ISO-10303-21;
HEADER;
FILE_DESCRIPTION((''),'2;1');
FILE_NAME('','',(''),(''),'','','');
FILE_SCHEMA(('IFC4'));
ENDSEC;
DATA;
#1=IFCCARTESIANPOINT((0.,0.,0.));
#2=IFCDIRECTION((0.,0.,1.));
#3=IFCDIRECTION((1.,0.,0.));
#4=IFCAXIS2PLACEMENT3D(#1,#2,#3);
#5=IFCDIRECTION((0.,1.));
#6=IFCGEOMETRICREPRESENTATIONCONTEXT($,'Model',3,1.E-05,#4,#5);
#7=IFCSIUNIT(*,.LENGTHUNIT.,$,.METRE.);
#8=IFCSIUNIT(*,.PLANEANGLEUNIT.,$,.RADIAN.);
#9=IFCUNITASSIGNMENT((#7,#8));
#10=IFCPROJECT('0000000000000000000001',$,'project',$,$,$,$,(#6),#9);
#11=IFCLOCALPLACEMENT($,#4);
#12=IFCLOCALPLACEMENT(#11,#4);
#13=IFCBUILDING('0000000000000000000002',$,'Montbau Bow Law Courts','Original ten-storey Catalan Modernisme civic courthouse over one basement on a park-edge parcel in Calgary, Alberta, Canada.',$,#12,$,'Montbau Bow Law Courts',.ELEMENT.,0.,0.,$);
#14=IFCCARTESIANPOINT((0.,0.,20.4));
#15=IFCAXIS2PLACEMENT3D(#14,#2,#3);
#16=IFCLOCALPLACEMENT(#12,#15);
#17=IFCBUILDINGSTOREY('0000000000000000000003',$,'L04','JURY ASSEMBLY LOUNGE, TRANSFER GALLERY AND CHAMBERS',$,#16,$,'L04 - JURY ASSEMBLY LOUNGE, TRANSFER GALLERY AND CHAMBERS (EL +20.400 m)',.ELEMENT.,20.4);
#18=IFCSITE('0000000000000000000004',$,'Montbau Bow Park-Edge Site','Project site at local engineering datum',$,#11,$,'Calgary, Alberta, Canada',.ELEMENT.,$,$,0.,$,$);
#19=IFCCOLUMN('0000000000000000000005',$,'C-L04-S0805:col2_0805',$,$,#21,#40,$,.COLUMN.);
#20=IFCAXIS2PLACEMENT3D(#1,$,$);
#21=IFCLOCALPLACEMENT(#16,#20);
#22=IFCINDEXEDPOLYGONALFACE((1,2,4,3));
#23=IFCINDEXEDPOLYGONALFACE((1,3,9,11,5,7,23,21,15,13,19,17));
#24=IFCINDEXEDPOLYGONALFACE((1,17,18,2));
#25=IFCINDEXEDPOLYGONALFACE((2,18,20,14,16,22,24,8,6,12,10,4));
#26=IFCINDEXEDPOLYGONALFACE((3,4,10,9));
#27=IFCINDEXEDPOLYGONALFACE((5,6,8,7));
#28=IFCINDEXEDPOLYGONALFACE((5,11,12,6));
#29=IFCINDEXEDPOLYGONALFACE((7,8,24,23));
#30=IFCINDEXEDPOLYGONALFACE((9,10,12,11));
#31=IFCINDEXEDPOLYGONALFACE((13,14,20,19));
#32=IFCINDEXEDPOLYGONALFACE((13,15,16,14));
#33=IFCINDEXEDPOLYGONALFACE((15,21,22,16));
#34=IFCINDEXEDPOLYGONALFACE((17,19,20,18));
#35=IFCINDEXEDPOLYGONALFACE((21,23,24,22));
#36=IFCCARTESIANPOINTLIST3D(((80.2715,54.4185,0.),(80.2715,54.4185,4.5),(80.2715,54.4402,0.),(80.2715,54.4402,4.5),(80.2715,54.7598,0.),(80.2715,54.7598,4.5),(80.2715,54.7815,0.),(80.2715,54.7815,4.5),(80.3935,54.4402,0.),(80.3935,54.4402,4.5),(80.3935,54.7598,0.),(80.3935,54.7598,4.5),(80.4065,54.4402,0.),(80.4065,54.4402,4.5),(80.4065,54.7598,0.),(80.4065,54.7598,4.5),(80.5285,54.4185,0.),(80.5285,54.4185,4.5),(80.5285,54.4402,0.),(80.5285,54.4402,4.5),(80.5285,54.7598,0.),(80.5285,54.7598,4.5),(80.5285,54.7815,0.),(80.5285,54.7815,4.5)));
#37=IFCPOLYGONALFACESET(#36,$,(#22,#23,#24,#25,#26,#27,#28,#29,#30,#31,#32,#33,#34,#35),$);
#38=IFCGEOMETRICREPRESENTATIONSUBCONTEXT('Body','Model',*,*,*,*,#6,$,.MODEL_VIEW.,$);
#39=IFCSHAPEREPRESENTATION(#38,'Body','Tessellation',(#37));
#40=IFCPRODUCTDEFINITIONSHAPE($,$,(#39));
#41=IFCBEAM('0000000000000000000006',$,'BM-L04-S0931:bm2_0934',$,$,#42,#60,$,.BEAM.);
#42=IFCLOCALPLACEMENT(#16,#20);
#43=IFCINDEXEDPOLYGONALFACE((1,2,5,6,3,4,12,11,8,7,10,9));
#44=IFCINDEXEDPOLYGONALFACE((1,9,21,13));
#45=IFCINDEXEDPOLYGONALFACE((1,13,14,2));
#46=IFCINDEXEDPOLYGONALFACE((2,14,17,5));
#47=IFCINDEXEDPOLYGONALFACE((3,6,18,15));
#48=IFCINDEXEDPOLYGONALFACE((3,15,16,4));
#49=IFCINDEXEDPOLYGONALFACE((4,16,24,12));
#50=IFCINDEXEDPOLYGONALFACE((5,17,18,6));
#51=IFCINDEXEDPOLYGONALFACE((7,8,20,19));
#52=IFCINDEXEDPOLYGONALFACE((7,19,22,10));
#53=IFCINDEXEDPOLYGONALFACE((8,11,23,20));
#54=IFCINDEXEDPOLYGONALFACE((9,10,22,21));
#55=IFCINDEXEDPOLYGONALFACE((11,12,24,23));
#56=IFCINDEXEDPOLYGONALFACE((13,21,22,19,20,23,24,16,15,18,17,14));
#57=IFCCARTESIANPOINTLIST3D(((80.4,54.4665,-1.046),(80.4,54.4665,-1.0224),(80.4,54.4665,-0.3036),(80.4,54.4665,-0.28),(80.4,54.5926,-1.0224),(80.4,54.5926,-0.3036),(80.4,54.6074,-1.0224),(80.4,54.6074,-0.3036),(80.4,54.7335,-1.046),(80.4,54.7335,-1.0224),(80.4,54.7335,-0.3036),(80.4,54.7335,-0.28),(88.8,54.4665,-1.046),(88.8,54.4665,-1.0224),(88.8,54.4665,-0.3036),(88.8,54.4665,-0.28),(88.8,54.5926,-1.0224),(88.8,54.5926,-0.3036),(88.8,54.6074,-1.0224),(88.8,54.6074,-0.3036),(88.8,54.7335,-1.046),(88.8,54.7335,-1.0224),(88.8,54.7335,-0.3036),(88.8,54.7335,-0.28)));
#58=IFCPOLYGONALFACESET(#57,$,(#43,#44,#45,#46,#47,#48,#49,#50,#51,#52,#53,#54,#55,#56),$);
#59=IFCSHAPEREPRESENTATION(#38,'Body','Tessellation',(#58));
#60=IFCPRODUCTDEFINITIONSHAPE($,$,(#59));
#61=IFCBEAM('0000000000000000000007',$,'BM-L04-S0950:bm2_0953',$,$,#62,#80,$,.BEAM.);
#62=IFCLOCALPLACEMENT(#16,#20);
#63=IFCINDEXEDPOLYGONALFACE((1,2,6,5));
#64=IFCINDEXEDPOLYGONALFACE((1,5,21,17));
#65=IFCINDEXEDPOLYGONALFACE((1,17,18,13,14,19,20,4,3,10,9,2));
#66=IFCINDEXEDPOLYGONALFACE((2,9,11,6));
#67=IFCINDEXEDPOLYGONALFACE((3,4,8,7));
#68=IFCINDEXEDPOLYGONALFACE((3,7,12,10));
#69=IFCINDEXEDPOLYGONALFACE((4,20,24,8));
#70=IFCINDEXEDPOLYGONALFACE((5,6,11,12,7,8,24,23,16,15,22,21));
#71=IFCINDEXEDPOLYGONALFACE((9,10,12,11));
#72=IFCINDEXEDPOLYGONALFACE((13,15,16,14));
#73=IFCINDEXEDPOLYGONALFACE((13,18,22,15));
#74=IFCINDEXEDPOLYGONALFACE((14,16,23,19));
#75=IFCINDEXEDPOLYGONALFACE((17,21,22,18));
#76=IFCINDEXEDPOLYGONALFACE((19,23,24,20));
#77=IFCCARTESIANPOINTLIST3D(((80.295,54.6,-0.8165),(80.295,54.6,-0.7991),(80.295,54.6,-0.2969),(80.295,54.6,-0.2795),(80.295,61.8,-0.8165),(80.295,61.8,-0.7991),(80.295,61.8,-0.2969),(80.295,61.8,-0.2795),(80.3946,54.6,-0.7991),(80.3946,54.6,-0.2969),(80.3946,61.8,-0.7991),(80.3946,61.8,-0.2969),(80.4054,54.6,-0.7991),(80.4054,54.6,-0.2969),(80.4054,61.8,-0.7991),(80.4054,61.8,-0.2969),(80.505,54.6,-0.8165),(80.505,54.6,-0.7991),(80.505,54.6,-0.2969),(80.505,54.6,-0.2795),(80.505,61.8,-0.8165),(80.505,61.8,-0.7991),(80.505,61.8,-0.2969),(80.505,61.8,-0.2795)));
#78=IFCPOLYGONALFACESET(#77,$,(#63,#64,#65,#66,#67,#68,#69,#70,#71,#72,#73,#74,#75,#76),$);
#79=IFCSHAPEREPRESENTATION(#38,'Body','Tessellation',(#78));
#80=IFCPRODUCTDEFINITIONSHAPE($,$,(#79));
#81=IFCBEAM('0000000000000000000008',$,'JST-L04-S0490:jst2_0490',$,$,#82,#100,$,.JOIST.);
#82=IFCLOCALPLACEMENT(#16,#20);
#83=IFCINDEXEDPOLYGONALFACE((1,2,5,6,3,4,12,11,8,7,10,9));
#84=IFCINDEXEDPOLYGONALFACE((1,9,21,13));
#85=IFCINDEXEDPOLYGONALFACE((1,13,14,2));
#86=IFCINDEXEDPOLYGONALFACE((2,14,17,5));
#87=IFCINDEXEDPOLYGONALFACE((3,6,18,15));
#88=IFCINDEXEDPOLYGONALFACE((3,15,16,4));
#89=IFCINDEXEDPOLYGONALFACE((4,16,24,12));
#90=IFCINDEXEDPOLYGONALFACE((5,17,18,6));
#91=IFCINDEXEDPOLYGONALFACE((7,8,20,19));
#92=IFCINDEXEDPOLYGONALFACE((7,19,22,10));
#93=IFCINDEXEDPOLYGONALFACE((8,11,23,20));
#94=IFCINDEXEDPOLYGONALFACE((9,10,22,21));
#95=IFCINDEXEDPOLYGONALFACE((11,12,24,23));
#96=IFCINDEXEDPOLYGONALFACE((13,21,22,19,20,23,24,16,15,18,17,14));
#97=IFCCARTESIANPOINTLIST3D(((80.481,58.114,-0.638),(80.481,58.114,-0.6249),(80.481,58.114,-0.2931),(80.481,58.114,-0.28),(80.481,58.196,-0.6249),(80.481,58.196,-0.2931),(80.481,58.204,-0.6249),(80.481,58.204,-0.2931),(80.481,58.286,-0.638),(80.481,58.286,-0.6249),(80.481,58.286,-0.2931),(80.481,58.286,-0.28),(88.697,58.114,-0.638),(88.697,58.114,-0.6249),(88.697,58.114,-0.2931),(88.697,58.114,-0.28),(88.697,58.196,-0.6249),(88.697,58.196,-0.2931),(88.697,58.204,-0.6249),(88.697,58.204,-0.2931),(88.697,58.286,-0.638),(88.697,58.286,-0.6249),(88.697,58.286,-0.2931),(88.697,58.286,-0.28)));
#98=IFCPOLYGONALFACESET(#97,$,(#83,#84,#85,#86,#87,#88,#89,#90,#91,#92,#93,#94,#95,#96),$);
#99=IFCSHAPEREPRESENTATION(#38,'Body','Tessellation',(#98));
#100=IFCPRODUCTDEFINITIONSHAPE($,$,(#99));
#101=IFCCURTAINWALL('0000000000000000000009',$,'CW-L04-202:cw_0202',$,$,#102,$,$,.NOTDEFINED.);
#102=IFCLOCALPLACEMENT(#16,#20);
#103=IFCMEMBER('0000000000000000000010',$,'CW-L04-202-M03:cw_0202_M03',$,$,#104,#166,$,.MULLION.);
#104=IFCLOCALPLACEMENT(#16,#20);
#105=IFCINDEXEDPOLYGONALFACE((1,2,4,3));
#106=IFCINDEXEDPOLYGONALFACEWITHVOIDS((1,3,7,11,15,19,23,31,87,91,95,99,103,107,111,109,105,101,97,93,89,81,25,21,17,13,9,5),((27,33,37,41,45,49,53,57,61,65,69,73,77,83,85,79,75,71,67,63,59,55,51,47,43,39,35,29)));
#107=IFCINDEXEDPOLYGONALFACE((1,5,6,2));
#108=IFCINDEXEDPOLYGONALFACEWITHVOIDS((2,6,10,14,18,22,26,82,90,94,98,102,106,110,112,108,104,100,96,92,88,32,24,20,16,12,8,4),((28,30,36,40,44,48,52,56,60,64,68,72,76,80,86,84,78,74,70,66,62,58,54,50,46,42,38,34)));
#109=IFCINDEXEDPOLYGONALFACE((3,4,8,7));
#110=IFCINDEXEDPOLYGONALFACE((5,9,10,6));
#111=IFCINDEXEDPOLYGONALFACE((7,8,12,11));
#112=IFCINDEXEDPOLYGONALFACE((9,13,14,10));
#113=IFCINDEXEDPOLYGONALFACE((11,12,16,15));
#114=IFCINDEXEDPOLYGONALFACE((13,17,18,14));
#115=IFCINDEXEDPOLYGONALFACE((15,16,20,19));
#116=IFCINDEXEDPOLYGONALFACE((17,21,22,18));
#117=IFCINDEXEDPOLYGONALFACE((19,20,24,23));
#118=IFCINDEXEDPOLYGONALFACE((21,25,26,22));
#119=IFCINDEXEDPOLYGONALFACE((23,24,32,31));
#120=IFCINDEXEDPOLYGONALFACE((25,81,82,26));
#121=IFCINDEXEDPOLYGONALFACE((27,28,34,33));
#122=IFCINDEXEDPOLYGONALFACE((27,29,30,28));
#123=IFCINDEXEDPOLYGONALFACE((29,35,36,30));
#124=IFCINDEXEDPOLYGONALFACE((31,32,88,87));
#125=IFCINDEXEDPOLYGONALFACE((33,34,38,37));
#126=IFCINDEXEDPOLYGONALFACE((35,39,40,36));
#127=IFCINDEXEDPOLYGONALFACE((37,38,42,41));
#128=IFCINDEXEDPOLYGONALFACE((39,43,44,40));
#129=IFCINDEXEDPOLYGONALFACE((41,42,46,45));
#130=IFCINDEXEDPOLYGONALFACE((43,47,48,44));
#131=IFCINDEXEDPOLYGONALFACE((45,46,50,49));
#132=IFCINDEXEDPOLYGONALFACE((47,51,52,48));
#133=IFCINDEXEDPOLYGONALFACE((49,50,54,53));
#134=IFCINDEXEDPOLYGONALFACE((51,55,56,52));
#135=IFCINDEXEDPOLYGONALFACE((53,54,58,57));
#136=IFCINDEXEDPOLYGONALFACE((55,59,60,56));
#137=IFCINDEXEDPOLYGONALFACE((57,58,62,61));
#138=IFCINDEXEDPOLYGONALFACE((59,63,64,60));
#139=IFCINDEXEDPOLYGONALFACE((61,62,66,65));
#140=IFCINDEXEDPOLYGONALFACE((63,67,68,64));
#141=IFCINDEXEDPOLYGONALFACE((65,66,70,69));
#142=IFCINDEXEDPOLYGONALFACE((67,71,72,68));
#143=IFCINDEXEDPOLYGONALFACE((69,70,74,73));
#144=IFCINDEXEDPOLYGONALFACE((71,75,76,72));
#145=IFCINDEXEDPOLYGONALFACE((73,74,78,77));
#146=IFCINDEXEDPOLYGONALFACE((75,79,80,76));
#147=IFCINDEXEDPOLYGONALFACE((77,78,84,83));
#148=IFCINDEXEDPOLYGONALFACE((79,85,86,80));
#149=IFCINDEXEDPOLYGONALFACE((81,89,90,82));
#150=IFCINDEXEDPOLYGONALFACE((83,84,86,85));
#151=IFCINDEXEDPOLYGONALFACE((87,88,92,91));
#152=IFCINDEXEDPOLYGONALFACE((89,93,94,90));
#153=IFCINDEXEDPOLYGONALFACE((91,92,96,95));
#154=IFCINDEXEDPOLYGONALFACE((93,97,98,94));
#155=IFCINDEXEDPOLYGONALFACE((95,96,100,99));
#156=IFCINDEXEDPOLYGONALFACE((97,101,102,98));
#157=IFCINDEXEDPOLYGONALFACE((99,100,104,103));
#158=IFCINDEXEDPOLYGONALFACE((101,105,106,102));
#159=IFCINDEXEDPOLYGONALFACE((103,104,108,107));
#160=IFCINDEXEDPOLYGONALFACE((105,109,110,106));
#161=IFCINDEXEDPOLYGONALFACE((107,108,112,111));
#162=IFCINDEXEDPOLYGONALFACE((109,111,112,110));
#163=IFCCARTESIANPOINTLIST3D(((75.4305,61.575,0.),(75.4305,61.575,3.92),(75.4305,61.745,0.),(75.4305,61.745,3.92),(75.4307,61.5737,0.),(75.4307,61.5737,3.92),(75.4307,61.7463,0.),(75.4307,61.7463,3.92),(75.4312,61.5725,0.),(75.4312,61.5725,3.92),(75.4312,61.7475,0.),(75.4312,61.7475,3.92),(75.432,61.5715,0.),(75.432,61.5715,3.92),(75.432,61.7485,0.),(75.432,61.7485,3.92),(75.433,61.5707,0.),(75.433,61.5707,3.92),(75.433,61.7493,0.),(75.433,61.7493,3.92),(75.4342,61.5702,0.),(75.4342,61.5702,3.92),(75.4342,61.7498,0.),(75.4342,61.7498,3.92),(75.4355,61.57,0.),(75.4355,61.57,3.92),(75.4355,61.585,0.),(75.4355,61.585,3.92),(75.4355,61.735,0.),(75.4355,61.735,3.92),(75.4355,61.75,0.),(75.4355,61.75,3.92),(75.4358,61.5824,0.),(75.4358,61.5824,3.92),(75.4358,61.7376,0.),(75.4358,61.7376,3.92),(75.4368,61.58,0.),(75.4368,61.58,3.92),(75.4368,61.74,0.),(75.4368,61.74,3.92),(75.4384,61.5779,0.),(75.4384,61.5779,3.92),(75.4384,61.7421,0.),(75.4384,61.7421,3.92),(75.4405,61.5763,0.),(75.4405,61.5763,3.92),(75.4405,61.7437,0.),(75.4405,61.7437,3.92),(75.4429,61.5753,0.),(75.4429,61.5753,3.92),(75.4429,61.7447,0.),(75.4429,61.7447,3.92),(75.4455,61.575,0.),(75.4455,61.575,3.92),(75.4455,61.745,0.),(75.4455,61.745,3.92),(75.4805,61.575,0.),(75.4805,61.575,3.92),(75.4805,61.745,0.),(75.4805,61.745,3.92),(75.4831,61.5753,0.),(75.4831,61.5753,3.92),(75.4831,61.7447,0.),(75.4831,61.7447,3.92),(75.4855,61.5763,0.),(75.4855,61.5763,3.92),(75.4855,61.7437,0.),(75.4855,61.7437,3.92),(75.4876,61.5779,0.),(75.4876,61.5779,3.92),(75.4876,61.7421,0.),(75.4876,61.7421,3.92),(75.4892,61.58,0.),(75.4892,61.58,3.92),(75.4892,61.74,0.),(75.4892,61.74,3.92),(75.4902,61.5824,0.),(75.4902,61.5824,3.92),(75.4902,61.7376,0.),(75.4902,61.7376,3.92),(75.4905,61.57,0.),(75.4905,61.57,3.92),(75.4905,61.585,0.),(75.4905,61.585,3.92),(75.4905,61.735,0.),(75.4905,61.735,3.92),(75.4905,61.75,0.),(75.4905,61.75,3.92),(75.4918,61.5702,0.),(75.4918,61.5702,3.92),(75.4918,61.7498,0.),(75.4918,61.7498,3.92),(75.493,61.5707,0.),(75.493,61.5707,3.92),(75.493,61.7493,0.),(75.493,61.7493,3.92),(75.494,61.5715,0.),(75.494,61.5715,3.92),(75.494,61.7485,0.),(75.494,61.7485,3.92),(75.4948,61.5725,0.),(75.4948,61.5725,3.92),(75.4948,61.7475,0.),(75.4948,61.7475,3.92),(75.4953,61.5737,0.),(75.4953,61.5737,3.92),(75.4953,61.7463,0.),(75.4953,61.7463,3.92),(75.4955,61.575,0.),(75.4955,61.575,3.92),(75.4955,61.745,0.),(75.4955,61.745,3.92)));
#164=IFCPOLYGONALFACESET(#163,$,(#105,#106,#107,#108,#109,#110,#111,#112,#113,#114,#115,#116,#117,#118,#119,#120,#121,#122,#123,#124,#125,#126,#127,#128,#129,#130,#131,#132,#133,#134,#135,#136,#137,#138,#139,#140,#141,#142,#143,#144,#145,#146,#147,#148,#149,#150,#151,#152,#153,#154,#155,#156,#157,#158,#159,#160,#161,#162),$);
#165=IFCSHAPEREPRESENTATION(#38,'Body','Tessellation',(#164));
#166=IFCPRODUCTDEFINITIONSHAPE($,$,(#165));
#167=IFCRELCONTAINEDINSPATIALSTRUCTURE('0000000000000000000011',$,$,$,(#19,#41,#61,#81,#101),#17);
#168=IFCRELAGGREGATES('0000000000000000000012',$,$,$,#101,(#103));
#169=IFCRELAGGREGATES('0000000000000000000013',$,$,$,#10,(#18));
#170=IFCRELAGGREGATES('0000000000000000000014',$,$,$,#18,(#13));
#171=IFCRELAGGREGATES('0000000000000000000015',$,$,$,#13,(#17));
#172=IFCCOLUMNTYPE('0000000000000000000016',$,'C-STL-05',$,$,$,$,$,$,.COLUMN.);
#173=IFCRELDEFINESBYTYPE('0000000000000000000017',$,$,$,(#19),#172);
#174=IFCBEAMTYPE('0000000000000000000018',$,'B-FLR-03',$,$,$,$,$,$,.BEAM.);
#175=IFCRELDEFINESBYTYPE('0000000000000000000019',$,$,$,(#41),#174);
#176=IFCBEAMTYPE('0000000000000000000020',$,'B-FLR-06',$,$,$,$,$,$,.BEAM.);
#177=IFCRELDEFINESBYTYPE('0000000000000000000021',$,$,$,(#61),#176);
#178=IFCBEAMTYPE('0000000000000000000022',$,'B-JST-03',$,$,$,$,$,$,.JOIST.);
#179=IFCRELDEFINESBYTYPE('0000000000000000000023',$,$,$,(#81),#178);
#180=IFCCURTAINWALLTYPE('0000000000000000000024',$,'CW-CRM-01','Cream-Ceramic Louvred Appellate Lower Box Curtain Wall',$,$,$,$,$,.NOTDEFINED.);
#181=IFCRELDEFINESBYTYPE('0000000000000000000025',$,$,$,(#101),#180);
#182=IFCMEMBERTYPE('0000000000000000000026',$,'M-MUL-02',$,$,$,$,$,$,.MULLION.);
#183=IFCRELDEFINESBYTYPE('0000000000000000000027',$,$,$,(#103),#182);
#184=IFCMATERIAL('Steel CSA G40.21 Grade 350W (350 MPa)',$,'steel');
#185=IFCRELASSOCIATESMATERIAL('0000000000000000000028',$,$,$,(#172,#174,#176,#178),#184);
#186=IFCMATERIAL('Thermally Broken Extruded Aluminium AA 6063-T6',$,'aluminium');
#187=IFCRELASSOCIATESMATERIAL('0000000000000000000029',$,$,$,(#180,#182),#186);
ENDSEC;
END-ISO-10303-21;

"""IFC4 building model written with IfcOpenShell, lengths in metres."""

from ifc_helpers import new_model, si_unit, direction, frame, origin_with_axes, origin_2d_with_axis, place, context, subcontext, project, spatial, hollow_rectangle, i_section, extrude, material, material_profile, profile_set, type_object, element, aggregate, save


model = new_model("IFC4")

# Units and contexts
model_context = context("Model", 3, precision=1e-05, world=origin_with_axes(), true_north=direction((0.0, 1.0)))
body_context = subcontext(model_context, "Body", "Model", "MODEL_VIEW")
ifc_project = project(units=[si_unit("LENGTHUNIT", "METRE"), si_unit("PLANEANGLEUNIT", "RADIAN")], contexts=[model_context])

# Site, building, storey
site_placement = place(None, origin_with_axes())
site = spatial("IfcSite", under=ifc_project, at=site_placement, Name="Montbau Bow Park-Edge Site", Description="Project site at local engineering datum", LongName="Calgary, Alberta, Canada", CompositionType="ELEMENT", RefElevation=0.0)
building_placement = place(site_placement, origin_with_axes())
building = spatial("IfcBuilding", under=site, at=building_placement, Name="Montbau Bow Law Courts", Description="Original ten-storey Catalan Modernisme civic courthouse over one basement on a park-edge parcel in Calgary, Alberta, Canada.", LongName="Montbau Bow Law Courts", CompositionType="ELEMENT", ElevationOfRefHeight=0.0, ElevationOfTerrain=0.0)
storey_placement = place(building_placement, frame((0.0, 0.0, 20.4), z_axis=(0.0, 0.0, 1.0), x_axis=(1.0, 0.0, 0.0)))
storey = spatial("IfcBuildingStorey", under=building, at=storey_placement, Name="L04", Description="JURY ASSEMBLY LOUNGE, TRANSFER GALLERY AND CHAMBERS", LongName="L04 - JURY ASSEMBLY LOUNGE, TRANSFER GALLERY AND CHAMBERS (EL +20.400 m)", CompositionType="ELEMENT", Elevation=20.4)

# Column
ifc_material_1 = material(Name="Steel CSA G40.21 Grade 350W (350 MPa)", Category="steel")
ifc_material_profile_1 = material_profile(ifc_material_1, i_section(OverallWidth=0.257, OverallDepth=0.363, WebThickness=0.013, FlangeThickness=0.0217, at=origin_2d_with_axis()), Name="W360X122", Category="Main", Priority=0)
ifc_profile_set_1 = profile_set([ifc_material_profile_1], Name="Steel CSA G40.21 Grade 350W (350 MPa)")
column_type = type_object("IfcColumnType", Name="C-STL-05", PredefinedType="COLUMN", material=ifc_profile_set_1)
column_placement = place(None, frame((80.4, 54.6, 20.4), z_axis=(0.0, 0.0, 1.0), x_axis=(1.0, 0.0, 0.0)))
element("IfcColumn", 1, at=column_placement, inside=storey, type_object=column_type, Name="C-L04-S0805:col2_0805", PredefinedType="COLUMN", context=body_context, shape_type="SweptSolid", body=[
    extrude(i_section(OverallWidth=0.257, OverallDepth=0.363, WebThickness=0.013, FlangeThickness=0.0217, at=origin_2d_with_axis()), origin_with_axes(), (0.0, 0.0, 1.0), 4.5),
])

# Beams
ifc_material_profile_2 = material_profile(ifc_material_1, i_section(OverallWidth=0.267, OverallDepth=0.766, WebThickness=0.0149, FlangeThickness=0.0236, at=origin_2d_with_axis()), Name="W760X185", Category="Main", Priority=0)
ifc_profile_set_2 = profile_set([ifc_material_profile_2], Name="Steel CSA G40.21 Grade 350W (350 MPa)")
beam_type_1 = type_object("IfcBeamType", Name="B-FLR-03", PredefinedType="BEAM", material=ifc_profile_set_2)
beam_1_placement = place(None, frame((80.4, 54.6, 19.737), z_axis=(1.0, 0.0, 0.0), x_axis=(0.0, 1.0, 0.0)))
element("IfcBeam", 2, at=beam_1_placement, inside=storey, type_object=beam_type_1, Name="BM-L04-S0931:bm2_0934", PredefinedType="BEAM", context=body_context, shape_type="SweptSolid", body=[
    extrude(i_section(OverallWidth=0.267, OverallDepth=0.766, WebThickness=0.0149, FlangeThickness=0.0236, at=origin_2d_with_axis()), origin_with_axes(), (0.0, 0.0, 1.0), 8.4),
])
ifc_material_profile_3 = material_profile(ifc_material_1, i_section(OverallWidth=0.21, OverallDepth=0.537, WebThickness=0.0109, FlangeThickness=0.0174, at=origin_2d_with_axis()), Name="W530X101", Category="Main", Priority=0)
ifc_profile_set_3 = profile_set([ifc_material_profile_3], Name="Steel CSA G40.21 Grade 350W (350 MPa)")
beam_type_2 = type_object("IfcBeamType", Name="B-FLR-06", PredefinedType="BEAM", material=ifc_profile_set_3)
beam_2_placement = place(None, frame((80.4, 54.6, 19.852), z_axis=(0.0, 1.0, 0.0), x_axis=(-1.0, 0.0, 0.0)))
element("IfcBeam", 3, at=beam_2_placement, inside=storey, type_object=beam_type_2, Name="BM-L04-S0950:bm2_0953", PredefinedType="BEAM", context=body_context, shape_type="SweptSolid", body=[
    extrude(i_section(OverallWidth=0.21, OverallDepth=0.537, WebThickness=0.0109, FlangeThickness=0.0174, at=origin_2d_with_axis()), origin_with_axes(), (0.0, 0.0, 1.0), 7.2),
])
ifc_material_profile_4 = material_profile(ifc_material_1, i_section(OverallWidth=0.172, OverallDepth=0.358, WebThickness=0.0079, FlangeThickness=0.0131, at=origin_2d_with_axis()), Name="W360X57", Category="Main", Priority=0)
ifc_profile_set_4 = profile_set([ifc_material_profile_4], Name="Steel CSA G40.21 Grade 350W (350 MPa)")
beam_type_3 = type_object("IfcBeamType", Name="B-JST-03", PredefinedType="JOIST", material=ifc_profile_set_4)
beam_3_placement = place(None, frame((80.481, 58.2, 19.941), z_axis=(1.0, 0.0, 0.0), x_axis=(0.0, 1.0, 0.0)))
element("IfcBeam", 4, at=beam_3_placement, inside=storey, type_object=beam_type_3, Name="JST-L04-S0490:jst2_0490", PredefinedType="JOIST", context=body_context, shape_type="SweptSolid", body=[
    extrude(i_section(OverallWidth=0.172, OverallDepth=0.358, WebThickness=0.0079, FlangeThickness=0.0131, at=origin_2d_with_axis()), origin_with_axes(), (0.0, 0.0, 1.0), 8.216),
])

# Curtain wall, member
ifc_material_2 = material(Name="Thermally Broken Extruded Aluminium AA 6063-T6", Category="aluminium")
curtain_wall_type = type_object("IfcCurtainWallType", Name="CW-CRM-01", Description="Cream-Ceramic Louvred Appellate Lower Box Curtain Wall", PredefinedType="NOTDEFINED", material=ifc_material_2)
curtain_wall_1_placement = place(None, frame((72.515, 61.66, 20.4), z_axis=(0.0, 0.0, 1.0), x_axis=(1.0, 0.0, 0.0)))
curtain_wall_1 = element("IfcCurtainWall", 5, at=curtain_wall_1_placement, inside=storey, type_object=curtain_wall_type, Name="CW-L04-202:cw_0202", PredefinedType="NOTDEFINED")
ifc_material_profile_5 = material_profile(ifc_material_2, hollow_rectangle(XDim=0.065, YDim=0.18, WallThickness=0.005, InnerFilletRadius=0.01, OuterFilletRadius=0.005, at=origin_2d_with_axis()), Name="CWM-180X65", Category="Main", Priority=0)
ifc_profile_set_5 = profile_set([ifc_material_profile_5], Name="Thermally Broken Extruded Aluminium AA 6063-T6")
member_type_1 = type_object("IfcMemberType", Name="M-MUL-02", PredefinedType="MULLION", material=ifc_profile_set_5)
member_1_placement = place(None, frame((75.463, 61.66, 20.4), z_axis=(0.0, 0.0, 1.0), x_axis=(1.0, 0.0, 0.0)))
member_1 = element("IfcMember", 6, at=member_1_placement, type_object=member_type_1, Name="CW-L04-202-M03:cw_0202_M03", PredefinedType="MULLION", context=body_context, shape_type="SweptSolid", body=[
    extrude(hollow_rectangle(XDim=0.065, YDim=0.18, WallThickness=0.005, InnerFilletRadius=0.01, OuterFilletRadius=0.005, at=origin_2d_with_axis()), origin_with_axes(), (0.0, 0.0, 1.0), 3.92),
])

aggregate(curtain_wall_1, [member_1])

save(model, "model.ifc")
